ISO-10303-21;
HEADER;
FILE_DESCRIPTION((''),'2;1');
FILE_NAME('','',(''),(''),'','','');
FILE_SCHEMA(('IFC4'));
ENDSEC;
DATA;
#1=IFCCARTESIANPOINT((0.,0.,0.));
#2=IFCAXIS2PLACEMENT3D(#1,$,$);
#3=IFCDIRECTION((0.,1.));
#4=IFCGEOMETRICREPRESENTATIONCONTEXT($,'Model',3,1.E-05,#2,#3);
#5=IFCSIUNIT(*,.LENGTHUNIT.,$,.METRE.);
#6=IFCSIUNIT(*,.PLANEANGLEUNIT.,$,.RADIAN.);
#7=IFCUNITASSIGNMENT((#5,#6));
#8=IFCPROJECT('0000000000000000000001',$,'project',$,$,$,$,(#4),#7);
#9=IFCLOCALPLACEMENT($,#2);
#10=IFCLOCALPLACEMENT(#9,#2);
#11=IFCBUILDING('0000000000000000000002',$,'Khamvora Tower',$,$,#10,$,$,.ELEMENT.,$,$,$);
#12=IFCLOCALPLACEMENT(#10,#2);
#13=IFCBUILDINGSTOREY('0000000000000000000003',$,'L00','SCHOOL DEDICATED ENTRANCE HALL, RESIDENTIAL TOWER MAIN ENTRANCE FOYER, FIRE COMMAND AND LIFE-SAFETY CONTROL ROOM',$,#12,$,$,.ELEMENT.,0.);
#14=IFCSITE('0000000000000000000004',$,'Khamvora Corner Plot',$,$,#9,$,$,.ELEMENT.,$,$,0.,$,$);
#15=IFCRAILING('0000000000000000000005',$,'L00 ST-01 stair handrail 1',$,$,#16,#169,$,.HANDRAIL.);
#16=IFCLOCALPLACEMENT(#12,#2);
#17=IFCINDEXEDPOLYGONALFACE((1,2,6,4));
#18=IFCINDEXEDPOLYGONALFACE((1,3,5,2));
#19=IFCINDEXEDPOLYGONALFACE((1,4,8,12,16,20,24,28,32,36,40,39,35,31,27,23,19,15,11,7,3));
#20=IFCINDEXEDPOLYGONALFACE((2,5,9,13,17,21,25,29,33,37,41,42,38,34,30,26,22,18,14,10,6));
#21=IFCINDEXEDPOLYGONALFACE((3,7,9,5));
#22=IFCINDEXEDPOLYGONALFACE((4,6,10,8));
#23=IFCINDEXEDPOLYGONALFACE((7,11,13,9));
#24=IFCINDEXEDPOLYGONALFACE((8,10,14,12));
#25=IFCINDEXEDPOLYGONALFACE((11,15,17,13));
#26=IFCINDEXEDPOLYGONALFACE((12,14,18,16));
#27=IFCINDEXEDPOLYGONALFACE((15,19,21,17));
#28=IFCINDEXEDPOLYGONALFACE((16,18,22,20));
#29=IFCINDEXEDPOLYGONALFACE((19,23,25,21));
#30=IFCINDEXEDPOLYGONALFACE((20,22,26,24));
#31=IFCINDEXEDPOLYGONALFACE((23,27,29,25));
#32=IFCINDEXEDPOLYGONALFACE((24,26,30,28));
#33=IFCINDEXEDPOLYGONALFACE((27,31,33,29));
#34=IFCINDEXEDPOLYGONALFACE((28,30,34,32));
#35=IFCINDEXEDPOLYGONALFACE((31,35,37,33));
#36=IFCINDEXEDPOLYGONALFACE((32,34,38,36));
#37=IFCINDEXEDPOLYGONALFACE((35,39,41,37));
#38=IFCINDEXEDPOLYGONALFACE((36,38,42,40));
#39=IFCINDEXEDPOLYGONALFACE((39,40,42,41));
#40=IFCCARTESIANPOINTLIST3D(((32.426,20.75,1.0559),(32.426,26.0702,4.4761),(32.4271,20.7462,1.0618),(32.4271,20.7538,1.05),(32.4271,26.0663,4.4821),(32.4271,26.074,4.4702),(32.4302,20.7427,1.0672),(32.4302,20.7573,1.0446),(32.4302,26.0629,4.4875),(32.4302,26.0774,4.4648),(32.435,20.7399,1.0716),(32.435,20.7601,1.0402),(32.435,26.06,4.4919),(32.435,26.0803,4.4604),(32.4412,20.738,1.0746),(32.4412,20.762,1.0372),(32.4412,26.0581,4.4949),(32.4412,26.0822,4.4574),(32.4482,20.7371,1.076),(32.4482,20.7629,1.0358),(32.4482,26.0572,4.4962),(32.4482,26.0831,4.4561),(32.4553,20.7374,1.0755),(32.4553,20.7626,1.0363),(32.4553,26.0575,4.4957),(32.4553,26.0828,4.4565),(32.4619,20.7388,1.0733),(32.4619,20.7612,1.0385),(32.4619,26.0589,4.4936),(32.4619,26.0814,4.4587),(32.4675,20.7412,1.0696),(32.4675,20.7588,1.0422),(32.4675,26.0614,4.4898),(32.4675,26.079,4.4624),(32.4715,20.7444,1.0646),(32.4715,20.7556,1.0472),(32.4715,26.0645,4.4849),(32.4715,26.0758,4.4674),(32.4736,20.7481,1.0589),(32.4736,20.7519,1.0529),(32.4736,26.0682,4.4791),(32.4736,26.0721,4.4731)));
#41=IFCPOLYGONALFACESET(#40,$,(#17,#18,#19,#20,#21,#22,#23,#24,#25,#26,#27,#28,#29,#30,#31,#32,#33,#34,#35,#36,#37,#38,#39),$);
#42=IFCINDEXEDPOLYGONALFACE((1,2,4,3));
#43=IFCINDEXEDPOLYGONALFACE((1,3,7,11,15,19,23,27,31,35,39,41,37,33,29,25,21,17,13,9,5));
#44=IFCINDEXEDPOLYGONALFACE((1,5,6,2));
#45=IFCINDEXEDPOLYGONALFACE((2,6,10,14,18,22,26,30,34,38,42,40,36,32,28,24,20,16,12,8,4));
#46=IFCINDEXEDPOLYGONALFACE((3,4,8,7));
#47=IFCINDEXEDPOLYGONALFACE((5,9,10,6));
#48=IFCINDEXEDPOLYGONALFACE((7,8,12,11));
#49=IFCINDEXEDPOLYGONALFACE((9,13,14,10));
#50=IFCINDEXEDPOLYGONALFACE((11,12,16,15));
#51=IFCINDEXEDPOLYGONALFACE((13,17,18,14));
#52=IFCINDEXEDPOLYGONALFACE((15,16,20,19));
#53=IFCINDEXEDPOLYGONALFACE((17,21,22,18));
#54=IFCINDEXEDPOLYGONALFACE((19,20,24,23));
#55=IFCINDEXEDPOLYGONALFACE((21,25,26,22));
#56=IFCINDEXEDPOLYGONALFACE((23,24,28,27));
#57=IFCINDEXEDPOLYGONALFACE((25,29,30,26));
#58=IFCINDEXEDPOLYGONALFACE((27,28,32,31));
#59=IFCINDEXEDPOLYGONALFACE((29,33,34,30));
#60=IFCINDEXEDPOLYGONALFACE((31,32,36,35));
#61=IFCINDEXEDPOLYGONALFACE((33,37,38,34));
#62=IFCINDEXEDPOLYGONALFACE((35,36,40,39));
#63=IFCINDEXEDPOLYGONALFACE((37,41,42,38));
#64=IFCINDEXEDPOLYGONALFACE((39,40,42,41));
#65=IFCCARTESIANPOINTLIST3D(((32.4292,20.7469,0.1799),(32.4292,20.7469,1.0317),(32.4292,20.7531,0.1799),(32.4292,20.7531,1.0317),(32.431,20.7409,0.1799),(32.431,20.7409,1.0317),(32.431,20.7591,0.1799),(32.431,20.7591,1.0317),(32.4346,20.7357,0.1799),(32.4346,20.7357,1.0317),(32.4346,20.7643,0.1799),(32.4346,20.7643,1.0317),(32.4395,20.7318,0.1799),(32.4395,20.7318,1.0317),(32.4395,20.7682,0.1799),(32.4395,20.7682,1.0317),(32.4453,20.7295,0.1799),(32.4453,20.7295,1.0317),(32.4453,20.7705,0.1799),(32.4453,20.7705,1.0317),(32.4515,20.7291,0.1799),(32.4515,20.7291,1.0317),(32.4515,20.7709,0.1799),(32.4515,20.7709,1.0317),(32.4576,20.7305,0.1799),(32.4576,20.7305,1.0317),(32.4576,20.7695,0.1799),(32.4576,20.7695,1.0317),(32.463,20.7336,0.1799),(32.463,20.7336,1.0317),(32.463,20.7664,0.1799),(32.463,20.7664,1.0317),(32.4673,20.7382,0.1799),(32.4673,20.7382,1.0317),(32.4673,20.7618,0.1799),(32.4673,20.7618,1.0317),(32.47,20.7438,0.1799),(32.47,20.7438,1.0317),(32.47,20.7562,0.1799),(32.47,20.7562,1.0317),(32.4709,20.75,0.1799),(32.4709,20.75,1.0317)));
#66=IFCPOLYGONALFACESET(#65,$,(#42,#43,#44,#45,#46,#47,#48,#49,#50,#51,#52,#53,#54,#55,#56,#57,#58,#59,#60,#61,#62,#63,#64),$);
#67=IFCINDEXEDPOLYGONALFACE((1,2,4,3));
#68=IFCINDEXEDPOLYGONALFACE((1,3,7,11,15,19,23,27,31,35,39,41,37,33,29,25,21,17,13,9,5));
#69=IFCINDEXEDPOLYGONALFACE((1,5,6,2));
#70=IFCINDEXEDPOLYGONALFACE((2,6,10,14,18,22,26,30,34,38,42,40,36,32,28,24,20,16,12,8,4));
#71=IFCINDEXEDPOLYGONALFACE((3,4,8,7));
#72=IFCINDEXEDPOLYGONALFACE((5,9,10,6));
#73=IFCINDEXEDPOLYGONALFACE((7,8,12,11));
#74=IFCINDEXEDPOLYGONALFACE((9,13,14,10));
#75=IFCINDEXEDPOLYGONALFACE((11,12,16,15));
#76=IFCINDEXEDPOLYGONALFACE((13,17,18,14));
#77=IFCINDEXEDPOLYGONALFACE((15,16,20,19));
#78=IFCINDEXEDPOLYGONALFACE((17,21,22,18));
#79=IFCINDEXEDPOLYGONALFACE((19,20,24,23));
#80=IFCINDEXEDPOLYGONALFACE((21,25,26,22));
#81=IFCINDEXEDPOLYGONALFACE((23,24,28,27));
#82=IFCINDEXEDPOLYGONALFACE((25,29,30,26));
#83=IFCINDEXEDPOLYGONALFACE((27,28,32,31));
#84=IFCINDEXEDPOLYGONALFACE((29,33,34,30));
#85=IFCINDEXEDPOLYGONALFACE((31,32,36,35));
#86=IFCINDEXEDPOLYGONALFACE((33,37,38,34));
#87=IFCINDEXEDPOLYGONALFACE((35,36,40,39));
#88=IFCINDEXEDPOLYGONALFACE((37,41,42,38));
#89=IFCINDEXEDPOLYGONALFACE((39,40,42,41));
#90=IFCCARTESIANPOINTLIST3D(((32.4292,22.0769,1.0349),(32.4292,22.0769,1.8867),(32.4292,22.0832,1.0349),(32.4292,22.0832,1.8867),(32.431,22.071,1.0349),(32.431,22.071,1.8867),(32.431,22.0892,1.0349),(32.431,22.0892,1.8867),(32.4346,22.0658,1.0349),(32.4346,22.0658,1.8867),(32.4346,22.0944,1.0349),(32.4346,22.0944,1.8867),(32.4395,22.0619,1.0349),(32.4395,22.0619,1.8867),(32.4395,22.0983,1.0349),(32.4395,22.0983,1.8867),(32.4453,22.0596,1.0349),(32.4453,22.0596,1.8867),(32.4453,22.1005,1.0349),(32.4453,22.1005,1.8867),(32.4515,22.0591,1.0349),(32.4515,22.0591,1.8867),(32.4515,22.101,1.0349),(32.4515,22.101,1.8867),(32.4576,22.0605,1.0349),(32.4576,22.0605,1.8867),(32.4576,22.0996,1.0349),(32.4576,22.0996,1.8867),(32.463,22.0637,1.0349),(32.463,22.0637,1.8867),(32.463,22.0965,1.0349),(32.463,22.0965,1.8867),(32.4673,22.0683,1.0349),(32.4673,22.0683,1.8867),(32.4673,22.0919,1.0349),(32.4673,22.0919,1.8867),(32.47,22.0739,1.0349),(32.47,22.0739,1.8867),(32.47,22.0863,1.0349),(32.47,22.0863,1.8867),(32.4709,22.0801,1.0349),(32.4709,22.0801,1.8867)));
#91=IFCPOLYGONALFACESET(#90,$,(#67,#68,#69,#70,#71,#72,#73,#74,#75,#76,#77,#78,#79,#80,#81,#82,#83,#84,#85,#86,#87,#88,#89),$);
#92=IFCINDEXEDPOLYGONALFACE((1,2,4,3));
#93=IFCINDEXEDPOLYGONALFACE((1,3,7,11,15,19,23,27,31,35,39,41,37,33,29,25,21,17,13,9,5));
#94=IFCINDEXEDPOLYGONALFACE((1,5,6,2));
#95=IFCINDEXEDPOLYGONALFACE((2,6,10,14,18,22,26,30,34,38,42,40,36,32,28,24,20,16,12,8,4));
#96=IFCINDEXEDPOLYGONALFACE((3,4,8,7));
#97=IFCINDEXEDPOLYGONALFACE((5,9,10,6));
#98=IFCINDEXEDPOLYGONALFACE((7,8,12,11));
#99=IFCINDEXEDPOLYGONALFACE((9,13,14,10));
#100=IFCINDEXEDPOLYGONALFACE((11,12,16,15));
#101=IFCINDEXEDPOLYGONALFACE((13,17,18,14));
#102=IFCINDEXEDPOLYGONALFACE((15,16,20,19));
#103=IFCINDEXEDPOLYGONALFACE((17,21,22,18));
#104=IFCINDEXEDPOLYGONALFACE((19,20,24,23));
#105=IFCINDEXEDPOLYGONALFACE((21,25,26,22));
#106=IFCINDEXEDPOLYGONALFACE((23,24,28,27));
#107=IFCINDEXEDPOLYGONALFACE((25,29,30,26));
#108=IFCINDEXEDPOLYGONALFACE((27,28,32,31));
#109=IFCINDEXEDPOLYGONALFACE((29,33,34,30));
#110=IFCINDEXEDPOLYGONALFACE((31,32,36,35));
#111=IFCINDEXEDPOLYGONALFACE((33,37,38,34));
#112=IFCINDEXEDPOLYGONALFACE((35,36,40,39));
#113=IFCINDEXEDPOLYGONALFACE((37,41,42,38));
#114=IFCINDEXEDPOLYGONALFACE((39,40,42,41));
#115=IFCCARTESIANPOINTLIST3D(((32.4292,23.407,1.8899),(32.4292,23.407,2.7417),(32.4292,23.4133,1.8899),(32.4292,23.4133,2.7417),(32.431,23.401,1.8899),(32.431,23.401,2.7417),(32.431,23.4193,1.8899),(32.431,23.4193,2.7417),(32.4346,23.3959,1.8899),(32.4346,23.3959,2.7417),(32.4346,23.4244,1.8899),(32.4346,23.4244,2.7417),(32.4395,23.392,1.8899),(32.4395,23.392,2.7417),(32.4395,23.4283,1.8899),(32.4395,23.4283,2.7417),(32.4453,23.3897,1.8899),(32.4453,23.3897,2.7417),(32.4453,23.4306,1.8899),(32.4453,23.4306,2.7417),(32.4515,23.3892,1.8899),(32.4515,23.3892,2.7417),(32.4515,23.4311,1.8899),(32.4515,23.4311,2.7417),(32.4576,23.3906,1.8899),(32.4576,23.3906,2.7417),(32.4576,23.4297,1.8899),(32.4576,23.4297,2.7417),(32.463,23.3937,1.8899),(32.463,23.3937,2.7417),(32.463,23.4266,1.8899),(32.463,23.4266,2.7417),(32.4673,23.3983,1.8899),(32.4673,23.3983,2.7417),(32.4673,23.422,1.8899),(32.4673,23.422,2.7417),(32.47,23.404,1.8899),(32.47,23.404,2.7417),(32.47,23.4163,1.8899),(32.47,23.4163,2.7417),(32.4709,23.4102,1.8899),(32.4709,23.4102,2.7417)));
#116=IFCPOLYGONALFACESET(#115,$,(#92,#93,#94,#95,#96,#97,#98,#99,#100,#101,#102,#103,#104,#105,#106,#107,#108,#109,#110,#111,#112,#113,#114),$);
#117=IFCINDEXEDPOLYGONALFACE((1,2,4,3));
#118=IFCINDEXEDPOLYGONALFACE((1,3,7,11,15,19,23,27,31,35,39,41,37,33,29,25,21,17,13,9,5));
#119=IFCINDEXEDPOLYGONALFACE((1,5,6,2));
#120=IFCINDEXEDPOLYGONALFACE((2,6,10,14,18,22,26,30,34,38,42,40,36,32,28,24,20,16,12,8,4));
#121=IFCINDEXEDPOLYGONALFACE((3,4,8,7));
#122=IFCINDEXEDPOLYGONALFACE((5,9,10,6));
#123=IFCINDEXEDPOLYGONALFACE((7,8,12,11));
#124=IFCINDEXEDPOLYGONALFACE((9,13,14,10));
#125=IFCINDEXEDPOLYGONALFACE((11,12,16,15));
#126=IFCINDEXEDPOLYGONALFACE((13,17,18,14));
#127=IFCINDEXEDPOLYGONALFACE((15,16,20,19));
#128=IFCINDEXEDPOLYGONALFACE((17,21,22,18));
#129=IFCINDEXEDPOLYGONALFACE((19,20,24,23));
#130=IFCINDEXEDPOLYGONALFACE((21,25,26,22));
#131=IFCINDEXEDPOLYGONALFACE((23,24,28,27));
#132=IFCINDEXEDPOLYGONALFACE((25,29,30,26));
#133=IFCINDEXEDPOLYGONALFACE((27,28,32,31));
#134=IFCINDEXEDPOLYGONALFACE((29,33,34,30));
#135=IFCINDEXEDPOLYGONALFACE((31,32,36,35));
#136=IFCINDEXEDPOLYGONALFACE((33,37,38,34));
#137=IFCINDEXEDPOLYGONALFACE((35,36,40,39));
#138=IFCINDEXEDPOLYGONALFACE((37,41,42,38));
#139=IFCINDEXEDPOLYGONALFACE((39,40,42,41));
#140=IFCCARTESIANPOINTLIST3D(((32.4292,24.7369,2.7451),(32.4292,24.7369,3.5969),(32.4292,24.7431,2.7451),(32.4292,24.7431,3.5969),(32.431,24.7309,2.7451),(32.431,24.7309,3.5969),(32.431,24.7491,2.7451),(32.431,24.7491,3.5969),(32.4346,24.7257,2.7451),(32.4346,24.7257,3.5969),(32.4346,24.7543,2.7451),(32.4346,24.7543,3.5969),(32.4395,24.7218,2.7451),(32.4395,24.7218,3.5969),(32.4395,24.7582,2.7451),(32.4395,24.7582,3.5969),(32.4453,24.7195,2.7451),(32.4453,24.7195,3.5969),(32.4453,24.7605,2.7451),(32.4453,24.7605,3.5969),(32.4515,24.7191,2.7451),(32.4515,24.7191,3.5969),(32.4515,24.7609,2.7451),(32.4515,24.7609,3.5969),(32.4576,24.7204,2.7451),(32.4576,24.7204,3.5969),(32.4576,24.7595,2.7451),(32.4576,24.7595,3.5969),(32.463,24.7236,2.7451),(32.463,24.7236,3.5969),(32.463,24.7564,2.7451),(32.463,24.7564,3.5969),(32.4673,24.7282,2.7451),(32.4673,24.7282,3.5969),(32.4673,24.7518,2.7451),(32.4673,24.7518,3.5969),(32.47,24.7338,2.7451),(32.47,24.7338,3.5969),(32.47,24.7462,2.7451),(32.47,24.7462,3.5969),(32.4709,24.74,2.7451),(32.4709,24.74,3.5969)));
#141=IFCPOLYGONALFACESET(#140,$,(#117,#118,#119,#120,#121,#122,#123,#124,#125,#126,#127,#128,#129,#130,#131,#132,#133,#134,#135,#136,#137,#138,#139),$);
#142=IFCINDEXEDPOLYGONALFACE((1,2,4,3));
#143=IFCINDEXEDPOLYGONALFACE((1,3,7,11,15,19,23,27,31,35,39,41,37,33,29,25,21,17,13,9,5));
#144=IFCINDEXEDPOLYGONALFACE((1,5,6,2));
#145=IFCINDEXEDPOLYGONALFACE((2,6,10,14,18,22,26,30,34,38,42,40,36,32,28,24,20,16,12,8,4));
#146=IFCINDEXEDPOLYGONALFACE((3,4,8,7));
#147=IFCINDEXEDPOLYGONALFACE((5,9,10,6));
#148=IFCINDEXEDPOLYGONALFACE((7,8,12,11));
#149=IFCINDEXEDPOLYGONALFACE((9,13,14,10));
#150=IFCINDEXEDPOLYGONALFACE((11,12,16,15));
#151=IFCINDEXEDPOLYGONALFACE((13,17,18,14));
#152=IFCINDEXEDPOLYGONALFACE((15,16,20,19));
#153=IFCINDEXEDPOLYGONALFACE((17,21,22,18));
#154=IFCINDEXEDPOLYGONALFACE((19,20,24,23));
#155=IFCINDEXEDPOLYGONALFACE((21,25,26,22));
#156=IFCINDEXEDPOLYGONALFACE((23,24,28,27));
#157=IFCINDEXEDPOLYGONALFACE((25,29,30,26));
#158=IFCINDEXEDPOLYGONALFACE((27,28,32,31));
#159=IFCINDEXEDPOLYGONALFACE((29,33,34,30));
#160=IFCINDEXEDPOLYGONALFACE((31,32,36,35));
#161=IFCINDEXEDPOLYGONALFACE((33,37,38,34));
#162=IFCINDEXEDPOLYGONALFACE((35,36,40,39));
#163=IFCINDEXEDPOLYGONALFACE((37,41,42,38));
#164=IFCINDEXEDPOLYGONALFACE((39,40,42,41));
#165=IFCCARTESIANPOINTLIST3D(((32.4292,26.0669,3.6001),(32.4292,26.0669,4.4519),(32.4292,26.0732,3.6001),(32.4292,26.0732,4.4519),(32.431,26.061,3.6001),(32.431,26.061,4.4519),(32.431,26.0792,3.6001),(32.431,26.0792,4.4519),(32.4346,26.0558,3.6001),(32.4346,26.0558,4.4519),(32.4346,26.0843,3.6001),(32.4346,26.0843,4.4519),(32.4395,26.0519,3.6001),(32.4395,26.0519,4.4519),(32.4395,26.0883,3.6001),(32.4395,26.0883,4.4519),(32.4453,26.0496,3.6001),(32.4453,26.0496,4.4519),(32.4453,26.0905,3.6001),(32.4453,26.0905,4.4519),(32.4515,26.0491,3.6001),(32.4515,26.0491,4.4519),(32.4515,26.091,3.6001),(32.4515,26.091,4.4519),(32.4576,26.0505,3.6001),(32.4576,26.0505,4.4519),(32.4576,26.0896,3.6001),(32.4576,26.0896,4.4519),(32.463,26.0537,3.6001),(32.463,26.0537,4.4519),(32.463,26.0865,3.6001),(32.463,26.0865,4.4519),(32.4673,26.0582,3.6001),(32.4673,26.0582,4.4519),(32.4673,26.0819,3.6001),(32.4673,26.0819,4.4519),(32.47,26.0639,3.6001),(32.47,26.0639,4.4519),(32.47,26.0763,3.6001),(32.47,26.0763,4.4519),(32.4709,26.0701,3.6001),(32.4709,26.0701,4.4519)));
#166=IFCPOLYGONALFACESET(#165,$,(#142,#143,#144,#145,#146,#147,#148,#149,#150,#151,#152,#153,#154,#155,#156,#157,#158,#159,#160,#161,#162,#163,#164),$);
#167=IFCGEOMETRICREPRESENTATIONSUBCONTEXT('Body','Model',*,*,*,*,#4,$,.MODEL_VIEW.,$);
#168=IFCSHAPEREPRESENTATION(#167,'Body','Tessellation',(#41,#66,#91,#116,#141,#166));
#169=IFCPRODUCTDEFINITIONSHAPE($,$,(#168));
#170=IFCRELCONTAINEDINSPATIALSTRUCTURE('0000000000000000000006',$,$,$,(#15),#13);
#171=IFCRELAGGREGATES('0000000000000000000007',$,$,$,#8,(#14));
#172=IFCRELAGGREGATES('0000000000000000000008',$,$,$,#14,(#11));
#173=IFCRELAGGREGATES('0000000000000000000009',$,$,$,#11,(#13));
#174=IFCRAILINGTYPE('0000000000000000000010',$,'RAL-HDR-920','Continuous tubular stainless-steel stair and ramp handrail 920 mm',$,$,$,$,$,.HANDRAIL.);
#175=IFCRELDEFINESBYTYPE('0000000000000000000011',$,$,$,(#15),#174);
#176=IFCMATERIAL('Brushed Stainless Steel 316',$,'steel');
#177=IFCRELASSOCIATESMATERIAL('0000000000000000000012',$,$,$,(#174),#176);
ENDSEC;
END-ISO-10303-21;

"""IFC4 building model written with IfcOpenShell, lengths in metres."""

from ifc_helpers import new_model, si_unit, direction, frame, origin, origin_2d, place, context, subcontext, project, spatial, circle, extrude, material, type_object, element, save


model = new_model("IFC4")

# Units and contexts
model_context = context("Model", 3, precision=1e-05, world=origin(), true_north=direction((0.0, 1.0)))
body_context = subcontext(model_context, "Body", "Model", "MODEL_VIEW")
ifc_project = project(units=[si_unit("LENGTHUNIT", "METRE"), si_unit("PLANEANGLEUNIT", "RADIAN")], contexts=[model_context])

# Site, building, storey
site_placement = place(None, origin())
site = spatial("IfcSite", under=ifc_project, at=site_placement, Name="Khamvora Corner Plot", CompositionType="ELEMENT", RefElevation=0.0)
building_placement = place(site_placement, origin())
building = spatial("IfcBuilding", under=site, at=building_placement, Name="Khamvora Tower", CompositionType="ELEMENT")
storey_placement = place(building_placement, origin())
storey = spatial("IfcBuildingStorey", under=building, at=storey_placement, Name="L00", Description="SCHOOL DEDICATED ENTRANCE HALL, RESIDENTIAL TOWER MAIN ENTRANCE FOYER, FIRE COMMAND AND LIFE-SAFETY CONTROL ROOM", CompositionType="ELEMENT", Elevation=0.0)

# Railing
ifc_material_1 = material(Name="Brushed Stainless Steel 316", Category="steel")
railing_type_1 = type_object("IfcRailingType", Name="RAL-HDR-920", Description="Continuous tubular stainless-steel stair and ramp handrail 920 mm", PredefinedType="HANDRAIL", material=ifc_material_1)
railing_1_placement = place(storey_placement, frame((32.45, 20.75, 0.1799)))
element("IfcRailing", 1, at=railing_1_placement, inside=storey, type_object=railing_type_1, Name="L00 ST-01 stair handrail 1", PredefinedType="HANDRAIL", context=body_context, shape_type="SweptSolid", body=[
    extrude(circle(Radius=0.0239, at=origin_2d()), frame((0.0, 0.0, 0.876), z_axis=(0.0, 0.84117, 0.540771), x_axis=(-1.0, 0.0, 0.0)), (0.0, 0.0, 1.0), 6.3247),
    extrude(circle(Radius=0.021, at=origin_2d()), origin(), (0.0, 0.0, 1.0), 0.8518),
    extrude(circle(Radius=0.021, at=origin_2d()), frame((0.0, 1.3301, 0.855)), (0.0, 0.0, 1.0), 0.8518),
    extrude(circle(Radius=0.021, at=origin_2d()), frame((0.0, 2.6602, 1.71)), (0.0, 0.0, 1.0), 0.8518),
    extrude(circle(Radius=0.021, at=origin_2d()), frame((0.0, 3.99, 2.5652)), (0.0, 0.0, 1.0), 0.8518),
    extrude(circle(Radius=0.021, at=origin_2d()), frame((0.0, 5.3201, 3.4202)), (0.0, 0.0, 1.0), 0.8518),
])

save(model, "model.ifc")
